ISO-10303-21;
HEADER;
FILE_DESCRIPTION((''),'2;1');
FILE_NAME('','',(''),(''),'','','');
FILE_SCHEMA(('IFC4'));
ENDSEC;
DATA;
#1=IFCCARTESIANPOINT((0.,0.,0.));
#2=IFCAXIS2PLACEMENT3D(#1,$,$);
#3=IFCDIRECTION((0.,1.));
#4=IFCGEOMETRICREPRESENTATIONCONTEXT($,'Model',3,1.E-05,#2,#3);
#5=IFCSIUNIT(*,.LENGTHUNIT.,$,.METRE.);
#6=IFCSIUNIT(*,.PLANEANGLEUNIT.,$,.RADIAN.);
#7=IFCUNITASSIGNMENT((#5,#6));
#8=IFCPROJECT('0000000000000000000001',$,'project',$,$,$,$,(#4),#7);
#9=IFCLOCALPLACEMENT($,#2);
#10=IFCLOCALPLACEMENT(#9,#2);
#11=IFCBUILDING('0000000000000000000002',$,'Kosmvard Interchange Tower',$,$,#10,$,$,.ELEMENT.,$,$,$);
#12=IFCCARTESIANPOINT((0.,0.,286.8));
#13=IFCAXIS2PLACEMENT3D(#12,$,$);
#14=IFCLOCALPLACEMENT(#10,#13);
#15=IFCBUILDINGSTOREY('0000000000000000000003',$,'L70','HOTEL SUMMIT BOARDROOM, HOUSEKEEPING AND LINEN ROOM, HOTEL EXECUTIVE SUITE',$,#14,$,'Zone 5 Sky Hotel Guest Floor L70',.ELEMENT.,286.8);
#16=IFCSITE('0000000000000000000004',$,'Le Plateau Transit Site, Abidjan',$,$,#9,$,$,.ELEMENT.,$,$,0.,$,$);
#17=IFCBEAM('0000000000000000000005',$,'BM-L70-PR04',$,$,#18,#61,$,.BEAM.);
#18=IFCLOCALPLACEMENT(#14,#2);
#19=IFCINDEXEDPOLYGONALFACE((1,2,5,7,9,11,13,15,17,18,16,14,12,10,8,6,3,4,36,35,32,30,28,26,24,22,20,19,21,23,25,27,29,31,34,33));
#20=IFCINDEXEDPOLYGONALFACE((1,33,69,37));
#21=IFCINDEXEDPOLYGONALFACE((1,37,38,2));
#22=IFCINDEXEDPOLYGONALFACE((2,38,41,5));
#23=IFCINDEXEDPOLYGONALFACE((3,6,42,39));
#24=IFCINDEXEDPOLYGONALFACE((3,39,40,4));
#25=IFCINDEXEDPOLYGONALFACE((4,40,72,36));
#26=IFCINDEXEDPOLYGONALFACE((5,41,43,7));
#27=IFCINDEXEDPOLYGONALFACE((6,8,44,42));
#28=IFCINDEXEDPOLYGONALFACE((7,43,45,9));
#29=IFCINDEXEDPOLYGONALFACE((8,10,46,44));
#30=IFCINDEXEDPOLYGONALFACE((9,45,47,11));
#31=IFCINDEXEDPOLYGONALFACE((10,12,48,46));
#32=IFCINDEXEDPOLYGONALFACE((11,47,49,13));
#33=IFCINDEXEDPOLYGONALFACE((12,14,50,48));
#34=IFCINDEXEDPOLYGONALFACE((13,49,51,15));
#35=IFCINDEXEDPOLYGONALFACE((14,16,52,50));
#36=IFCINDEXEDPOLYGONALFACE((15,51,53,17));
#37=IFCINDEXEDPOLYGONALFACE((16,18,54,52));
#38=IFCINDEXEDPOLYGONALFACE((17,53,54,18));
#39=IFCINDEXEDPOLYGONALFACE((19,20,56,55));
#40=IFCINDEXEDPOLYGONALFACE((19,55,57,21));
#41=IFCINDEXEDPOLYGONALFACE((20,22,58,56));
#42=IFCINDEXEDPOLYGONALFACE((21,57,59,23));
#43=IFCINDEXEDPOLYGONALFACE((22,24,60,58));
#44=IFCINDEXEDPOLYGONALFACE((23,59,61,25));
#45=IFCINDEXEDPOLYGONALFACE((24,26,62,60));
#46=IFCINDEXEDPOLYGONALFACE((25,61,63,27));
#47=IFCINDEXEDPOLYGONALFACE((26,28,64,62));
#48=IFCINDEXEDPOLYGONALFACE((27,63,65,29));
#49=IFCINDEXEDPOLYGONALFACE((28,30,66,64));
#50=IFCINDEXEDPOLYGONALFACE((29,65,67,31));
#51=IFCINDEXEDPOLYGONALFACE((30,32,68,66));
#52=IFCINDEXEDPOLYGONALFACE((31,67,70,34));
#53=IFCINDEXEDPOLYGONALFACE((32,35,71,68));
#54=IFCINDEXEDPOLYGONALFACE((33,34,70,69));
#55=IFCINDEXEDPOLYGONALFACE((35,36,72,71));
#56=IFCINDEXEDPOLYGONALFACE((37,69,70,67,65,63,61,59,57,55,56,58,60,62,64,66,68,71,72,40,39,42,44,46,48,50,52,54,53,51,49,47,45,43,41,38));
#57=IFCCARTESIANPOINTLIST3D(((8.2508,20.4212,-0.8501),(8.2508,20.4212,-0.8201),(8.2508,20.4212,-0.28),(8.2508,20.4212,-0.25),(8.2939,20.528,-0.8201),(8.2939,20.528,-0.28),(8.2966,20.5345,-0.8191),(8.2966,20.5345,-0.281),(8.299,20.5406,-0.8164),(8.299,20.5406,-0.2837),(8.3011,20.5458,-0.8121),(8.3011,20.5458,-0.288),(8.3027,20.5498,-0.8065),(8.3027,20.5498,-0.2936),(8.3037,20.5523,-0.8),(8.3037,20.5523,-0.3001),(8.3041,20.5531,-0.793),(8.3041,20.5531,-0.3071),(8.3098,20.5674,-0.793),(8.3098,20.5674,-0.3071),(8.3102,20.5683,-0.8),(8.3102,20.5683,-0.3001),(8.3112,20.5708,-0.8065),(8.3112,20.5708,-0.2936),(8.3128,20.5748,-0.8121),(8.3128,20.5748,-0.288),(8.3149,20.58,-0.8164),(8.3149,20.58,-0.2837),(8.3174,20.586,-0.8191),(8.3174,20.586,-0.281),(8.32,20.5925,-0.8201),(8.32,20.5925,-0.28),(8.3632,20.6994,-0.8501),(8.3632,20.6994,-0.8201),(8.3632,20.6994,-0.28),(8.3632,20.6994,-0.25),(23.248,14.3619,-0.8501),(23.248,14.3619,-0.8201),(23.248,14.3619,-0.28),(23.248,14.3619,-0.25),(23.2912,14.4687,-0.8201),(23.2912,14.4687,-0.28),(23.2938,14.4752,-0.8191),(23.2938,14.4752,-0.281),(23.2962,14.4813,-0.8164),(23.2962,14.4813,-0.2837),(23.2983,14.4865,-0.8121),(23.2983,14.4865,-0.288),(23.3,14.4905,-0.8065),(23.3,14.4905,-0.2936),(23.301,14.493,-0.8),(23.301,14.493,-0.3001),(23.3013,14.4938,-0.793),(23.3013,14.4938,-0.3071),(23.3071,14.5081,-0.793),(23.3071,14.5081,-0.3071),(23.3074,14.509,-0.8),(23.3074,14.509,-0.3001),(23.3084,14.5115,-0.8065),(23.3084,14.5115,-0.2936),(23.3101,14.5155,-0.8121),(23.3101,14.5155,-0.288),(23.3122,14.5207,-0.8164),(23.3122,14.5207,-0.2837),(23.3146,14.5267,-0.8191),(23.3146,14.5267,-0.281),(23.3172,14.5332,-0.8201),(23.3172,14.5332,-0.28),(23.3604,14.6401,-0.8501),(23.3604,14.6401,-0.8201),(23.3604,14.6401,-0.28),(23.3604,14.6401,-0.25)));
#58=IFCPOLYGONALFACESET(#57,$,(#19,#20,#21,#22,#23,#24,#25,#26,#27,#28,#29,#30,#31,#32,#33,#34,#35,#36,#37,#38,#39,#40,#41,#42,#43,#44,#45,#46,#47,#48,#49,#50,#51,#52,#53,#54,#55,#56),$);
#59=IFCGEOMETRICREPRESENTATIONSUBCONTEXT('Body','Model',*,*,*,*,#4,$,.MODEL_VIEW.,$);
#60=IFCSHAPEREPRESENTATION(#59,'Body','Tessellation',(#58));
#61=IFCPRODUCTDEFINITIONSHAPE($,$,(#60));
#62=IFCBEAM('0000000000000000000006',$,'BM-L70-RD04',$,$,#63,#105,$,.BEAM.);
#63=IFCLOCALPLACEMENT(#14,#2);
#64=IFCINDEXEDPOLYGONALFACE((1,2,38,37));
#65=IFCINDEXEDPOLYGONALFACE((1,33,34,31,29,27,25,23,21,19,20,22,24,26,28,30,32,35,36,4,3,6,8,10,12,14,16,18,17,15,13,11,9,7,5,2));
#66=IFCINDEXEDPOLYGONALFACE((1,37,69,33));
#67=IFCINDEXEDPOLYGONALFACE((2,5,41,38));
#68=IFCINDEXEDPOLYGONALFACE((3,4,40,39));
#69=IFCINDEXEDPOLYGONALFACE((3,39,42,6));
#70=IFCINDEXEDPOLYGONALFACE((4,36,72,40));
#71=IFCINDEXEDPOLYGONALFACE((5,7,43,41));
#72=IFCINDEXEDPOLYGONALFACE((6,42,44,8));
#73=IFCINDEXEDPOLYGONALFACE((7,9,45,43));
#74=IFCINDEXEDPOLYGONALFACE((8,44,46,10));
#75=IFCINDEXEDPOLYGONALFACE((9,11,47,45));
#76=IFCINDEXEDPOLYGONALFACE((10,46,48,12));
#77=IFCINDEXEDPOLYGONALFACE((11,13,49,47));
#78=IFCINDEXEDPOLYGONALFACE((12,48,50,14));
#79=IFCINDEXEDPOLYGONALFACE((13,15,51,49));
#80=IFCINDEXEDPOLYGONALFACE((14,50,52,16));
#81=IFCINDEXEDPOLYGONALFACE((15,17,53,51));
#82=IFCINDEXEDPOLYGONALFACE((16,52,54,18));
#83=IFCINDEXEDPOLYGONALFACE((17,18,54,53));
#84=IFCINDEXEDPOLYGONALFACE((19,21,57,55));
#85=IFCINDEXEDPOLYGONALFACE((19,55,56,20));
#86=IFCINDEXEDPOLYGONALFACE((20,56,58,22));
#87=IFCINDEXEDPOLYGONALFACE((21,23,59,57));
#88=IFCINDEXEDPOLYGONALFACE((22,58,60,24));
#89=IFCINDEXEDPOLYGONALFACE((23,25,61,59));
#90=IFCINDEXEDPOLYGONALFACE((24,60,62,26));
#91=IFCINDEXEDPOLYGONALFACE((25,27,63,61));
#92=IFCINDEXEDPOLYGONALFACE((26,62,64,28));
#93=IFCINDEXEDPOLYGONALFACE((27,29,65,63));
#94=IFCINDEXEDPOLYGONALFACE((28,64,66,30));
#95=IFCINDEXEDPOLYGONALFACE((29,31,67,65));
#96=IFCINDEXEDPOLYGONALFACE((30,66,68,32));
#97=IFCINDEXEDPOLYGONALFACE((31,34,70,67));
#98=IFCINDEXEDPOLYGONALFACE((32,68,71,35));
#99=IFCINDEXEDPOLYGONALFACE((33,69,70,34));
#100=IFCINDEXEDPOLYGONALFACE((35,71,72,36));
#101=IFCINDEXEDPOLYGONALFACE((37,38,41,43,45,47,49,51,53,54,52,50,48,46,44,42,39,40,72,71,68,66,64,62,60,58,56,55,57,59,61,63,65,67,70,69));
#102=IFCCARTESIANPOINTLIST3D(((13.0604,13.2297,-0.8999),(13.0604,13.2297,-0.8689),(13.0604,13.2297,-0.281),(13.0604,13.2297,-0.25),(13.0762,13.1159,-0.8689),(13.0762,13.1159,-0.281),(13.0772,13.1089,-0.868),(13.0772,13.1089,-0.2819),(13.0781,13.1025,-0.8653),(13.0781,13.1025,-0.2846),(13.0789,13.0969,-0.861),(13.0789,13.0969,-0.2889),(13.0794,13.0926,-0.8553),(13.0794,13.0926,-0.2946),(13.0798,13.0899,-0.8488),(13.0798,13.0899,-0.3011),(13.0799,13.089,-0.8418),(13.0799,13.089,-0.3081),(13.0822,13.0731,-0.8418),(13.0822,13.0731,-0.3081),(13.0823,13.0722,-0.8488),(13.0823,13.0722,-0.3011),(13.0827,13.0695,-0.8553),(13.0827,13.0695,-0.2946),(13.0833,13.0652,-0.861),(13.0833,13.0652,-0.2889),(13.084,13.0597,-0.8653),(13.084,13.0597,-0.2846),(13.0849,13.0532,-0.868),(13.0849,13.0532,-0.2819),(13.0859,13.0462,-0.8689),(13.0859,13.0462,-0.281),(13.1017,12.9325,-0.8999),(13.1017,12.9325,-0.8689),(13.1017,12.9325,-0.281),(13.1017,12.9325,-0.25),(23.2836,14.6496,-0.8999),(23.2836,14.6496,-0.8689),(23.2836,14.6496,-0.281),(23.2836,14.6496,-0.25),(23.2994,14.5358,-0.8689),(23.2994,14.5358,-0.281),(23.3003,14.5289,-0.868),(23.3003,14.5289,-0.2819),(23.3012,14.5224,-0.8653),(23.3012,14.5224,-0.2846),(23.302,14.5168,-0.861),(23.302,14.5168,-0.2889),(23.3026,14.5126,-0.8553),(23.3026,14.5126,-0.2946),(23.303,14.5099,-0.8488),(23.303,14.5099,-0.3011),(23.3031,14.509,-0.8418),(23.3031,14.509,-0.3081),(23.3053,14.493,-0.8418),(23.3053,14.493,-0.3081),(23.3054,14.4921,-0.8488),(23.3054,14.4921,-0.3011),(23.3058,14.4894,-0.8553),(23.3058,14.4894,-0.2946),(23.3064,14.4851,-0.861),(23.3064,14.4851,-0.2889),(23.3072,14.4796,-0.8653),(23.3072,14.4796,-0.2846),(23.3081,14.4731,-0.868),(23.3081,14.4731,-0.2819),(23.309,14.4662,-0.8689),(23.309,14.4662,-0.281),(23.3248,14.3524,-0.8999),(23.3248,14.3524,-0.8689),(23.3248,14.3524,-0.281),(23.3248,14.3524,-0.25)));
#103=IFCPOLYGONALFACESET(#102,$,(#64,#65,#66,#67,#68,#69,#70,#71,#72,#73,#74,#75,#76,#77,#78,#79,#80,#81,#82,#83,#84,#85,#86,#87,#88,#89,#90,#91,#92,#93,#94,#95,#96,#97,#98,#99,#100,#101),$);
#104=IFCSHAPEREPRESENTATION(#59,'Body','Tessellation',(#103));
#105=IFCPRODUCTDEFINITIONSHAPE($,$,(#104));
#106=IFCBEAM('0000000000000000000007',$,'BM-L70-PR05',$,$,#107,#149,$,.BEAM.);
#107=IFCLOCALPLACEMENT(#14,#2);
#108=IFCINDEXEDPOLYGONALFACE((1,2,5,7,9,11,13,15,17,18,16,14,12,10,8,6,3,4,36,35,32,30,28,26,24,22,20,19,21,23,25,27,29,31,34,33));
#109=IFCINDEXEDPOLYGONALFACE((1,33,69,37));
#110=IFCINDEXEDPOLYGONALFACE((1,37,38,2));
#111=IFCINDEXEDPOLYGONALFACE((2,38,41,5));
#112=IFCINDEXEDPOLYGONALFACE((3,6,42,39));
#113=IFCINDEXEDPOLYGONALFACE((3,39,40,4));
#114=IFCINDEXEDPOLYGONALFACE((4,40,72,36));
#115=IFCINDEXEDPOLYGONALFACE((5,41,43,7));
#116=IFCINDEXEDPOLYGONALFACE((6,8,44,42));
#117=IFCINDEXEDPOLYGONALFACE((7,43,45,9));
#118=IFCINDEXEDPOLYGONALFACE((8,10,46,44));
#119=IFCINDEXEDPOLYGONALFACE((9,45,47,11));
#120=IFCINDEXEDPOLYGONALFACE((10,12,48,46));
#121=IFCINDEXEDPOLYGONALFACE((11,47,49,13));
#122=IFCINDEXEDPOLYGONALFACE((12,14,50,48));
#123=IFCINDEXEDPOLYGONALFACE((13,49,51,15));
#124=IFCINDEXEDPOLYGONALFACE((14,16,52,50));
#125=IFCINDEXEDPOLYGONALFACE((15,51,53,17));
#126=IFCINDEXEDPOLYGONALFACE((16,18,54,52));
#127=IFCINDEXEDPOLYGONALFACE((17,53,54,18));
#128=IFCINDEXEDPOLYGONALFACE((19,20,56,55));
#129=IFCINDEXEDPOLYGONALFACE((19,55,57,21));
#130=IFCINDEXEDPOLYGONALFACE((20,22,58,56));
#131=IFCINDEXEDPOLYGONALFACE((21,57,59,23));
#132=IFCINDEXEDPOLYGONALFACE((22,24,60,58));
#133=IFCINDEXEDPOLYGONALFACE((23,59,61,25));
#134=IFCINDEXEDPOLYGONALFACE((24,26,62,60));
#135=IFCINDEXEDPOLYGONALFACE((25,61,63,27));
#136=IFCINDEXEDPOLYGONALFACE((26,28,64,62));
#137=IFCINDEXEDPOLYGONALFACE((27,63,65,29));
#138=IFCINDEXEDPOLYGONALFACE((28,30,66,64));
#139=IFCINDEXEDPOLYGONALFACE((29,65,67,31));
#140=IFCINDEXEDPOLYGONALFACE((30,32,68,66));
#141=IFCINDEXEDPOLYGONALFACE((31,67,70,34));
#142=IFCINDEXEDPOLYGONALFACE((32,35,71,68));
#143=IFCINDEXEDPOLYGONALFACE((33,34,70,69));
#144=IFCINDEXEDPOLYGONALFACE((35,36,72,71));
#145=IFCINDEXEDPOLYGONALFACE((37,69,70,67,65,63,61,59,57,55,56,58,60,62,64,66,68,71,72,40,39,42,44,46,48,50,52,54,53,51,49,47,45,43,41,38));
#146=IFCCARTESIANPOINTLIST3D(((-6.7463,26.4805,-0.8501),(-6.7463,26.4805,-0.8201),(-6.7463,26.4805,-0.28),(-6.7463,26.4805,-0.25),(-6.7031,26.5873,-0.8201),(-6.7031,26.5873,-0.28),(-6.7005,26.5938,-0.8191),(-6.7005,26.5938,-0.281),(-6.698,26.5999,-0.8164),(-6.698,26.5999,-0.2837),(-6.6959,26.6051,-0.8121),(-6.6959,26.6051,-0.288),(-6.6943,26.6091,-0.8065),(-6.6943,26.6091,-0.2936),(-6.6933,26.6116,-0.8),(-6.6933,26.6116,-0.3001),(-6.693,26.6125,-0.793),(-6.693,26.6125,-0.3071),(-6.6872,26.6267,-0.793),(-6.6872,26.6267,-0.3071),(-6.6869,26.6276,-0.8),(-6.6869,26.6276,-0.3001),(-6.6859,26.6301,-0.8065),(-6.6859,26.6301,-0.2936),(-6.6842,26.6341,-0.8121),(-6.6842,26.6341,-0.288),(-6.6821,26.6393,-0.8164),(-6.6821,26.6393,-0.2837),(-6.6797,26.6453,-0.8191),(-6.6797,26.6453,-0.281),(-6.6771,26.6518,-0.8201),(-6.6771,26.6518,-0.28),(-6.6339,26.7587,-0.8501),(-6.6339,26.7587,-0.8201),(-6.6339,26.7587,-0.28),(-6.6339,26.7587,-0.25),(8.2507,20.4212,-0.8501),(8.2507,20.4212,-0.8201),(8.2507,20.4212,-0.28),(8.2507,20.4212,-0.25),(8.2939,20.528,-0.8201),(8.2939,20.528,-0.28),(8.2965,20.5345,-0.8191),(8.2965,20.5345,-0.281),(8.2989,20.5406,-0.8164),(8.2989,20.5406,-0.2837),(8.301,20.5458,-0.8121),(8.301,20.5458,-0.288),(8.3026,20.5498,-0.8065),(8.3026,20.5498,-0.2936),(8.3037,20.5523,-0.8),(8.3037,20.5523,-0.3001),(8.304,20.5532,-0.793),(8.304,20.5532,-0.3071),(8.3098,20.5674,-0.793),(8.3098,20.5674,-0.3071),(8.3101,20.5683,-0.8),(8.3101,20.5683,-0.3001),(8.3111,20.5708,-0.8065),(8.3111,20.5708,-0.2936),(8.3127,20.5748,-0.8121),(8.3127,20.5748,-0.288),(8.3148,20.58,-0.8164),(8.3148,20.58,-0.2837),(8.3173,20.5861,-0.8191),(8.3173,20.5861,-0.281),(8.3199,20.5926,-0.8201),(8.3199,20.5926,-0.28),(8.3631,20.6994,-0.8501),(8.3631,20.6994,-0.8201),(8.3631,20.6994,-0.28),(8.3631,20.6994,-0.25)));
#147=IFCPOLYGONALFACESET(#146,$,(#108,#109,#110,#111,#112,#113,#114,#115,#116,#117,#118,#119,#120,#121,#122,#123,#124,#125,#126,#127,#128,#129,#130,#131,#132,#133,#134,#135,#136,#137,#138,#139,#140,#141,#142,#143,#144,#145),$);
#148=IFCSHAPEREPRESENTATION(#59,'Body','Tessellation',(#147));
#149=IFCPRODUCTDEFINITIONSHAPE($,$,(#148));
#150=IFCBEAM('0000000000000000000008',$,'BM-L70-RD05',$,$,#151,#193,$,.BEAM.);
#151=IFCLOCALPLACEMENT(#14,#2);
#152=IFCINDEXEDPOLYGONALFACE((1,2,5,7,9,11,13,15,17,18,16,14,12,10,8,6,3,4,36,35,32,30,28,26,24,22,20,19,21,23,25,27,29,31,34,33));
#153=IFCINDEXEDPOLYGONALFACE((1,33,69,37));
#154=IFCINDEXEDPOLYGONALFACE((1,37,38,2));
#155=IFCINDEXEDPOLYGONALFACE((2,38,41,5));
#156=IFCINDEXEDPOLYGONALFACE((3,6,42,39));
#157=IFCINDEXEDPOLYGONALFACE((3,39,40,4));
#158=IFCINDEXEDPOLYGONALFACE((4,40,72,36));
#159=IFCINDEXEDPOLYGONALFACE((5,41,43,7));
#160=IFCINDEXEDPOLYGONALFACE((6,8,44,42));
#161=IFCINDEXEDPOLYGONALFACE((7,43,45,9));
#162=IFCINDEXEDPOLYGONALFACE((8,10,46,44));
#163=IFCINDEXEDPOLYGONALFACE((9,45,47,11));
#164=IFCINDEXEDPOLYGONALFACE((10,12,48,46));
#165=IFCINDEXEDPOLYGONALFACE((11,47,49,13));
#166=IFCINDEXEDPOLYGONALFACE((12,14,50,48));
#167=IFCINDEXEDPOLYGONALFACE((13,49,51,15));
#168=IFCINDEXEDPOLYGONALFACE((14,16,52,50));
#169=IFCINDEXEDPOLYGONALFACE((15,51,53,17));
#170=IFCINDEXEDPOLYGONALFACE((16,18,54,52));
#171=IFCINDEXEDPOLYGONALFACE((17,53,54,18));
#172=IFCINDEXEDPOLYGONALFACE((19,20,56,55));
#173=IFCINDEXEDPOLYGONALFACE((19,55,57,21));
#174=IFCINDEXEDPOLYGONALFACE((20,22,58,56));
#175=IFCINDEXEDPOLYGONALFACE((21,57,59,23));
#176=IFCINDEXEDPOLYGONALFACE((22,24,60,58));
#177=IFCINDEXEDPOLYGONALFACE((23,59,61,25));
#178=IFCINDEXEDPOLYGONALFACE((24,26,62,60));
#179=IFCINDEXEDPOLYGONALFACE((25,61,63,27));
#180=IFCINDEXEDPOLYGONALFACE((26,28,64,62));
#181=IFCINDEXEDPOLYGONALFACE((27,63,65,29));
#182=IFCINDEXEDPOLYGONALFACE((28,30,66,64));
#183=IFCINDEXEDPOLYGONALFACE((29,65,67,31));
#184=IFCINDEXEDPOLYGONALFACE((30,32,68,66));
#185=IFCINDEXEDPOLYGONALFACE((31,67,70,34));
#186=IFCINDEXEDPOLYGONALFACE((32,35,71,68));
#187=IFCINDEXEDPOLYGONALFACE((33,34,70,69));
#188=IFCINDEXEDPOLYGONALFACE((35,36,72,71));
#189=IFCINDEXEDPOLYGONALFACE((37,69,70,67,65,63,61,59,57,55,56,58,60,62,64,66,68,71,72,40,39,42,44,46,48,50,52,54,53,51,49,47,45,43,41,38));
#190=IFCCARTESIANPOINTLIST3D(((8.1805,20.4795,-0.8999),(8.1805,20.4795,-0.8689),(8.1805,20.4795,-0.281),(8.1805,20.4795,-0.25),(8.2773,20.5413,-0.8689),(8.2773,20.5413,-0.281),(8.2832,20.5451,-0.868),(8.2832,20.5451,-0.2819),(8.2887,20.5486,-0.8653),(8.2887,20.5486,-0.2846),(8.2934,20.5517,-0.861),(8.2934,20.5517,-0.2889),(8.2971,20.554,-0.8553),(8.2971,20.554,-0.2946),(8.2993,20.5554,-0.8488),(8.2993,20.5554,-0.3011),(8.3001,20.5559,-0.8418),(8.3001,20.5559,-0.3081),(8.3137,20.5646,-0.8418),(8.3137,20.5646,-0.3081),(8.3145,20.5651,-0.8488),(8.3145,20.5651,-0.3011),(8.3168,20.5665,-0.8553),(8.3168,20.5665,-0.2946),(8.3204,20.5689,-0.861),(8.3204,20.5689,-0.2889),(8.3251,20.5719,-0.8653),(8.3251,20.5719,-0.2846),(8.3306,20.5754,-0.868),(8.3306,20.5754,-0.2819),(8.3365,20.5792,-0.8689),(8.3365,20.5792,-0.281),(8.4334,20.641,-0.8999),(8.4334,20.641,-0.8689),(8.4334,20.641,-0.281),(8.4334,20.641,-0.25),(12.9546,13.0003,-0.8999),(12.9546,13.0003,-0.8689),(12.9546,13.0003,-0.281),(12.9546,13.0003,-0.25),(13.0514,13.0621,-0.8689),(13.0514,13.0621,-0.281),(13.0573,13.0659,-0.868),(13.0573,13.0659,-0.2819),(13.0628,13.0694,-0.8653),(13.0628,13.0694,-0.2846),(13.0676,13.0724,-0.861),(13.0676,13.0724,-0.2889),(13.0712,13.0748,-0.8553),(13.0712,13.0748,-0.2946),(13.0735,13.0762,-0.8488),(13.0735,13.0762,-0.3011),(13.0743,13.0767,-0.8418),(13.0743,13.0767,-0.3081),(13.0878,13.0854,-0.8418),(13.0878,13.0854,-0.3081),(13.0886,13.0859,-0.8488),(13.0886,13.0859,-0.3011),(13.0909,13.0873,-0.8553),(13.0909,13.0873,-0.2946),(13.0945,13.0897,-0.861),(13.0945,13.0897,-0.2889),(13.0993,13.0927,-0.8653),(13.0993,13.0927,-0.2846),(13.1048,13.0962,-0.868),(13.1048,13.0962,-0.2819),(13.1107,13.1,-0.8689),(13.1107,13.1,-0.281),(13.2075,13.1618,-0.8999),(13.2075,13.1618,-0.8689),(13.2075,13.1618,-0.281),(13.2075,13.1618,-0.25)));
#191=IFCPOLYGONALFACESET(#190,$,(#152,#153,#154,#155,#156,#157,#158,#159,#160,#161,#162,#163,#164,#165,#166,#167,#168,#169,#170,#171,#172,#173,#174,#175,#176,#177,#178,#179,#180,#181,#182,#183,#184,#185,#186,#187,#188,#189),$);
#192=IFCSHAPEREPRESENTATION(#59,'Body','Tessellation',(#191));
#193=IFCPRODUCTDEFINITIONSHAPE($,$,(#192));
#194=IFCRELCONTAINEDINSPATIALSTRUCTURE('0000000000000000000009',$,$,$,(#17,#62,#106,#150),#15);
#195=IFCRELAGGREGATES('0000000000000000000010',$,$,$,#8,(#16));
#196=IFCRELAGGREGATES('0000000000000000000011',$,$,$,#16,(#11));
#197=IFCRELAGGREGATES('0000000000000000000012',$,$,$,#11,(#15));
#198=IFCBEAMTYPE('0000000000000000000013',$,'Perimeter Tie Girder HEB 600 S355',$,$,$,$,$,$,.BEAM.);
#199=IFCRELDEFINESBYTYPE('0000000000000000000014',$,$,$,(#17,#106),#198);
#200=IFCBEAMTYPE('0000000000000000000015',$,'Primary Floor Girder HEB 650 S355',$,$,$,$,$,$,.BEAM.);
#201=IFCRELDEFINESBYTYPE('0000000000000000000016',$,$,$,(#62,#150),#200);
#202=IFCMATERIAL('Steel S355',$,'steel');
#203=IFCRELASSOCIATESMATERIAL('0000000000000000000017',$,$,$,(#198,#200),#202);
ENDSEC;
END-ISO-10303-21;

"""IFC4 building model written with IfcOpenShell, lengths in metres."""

from ifc_helpers import new_model, si_unit, direction, frame, origin, origin_2d, place, context, subcontext, project, spatial, i_section, extrude, source, transform, mapped, material, material_profile, profile_set, type_object, element, save


model = new_model("IFC4")

# Units and contexts
model_context = context("Model", 3, precision=1e-05, world=origin(), true_north=direction((0.0, 1.0)))
body_context = subcontext(model_context, "Body", "Model", "MODEL_VIEW")
ifc_project = project(units=[si_unit("LENGTHUNIT", "METRE"), si_unit("PLANEANGLEUNIT", "RADIAN")], contexts=[model_context])

# Site, building, storey
site_placement = place(None, origin())
site = spatial("IfcSite", under=ifc_project, at=site_placement, Name="Le Plateau Transit Site, Abidjan", CompositionType="ELEMENT", RefElevation=0.0)
building_placement = place(site_placement, origin())
building = spatial("IfcBuilding", under=site, at=building_placement, Name="Kosmvard Interchange Tower", CompositionType="ELEMENT")
storey_placement = place(building_placement, frame((0.0, 0.0, 286.8)))
storey = spatial("IfcBuildingStorey", under=building, at=storey_placement, Name="L70", Description="HOTEL SUMMIT BOARDROOM, HOUSEKEEPING AND LINEN ROOM, HOTEL EXECUTIVE SUITE", LongName="Zone 5 Sky Hotel Guest Floor L70", CompositionType="ELEMENT", Elevation=286.8)

# Beams
ifc_material_1 = material(Name="Steel S355", Category="steel")
ifc_material_profile_1 = material_profile(ifc_material_1, i_section(OverallWidth=0.3, OverallDepth=0.6001, WebThickness=0.0154, FlangeThickness=0.03, FilletRadius=0.0271, at=origin_2d()), Name="HEB 600")
ifc_profile_set_1 = profile_set([ifc_material_profile_1], Name="Steel S355")
beam_type_1 = type_object("IfcBeamType", Name="Perimeter Tie Girder HEB 600 S355", PredefinedType="BEAM", material=ifc_profile_set_1)
shared_shape_1 = source(origin(), body_context, "Body", "SweptSolid", [
    extrude(i_section(OverallWidth=0.3, OverallDepth=0.6001, WebThickness=0.0154, FlangeThickness=0.03, FilletRadius=0.0271, at=origin_2d()), origin(), (0.0, 0.0, 1.0), 16.175),
])
beam_1_placement = place(storey_placement, frame((23.3042, 14.501, -0.55), z_axis=(-0.927183, 0.374608, 0.0), x_axis=(-0.374608, -0.927183, 0.0)))
element("IfcBeam", 1, at=beam_1_placement, inside=storey, type_object=beam_type_1, Name="BM-L70-PR04", PredefinedType="BEAM", context=body_context, shape_type="MappedRepresentation", body=[
    mapped(shared_shape_1, transform((0.0, 0.0, 0.0), scale=1.0)),
])
ifc_material_profile_2 = material_profile(ifc_material_1, i_section(OverallWidth=0.3, OverallDepth=0.6499, WebThickness=0.0161, FlangeThickness=0.031, FilletRadius=0.0271, at=origin_2d()), Name="HEB 650")
ifc_profile_set_2 = profile_set([ifc_material_profile_2], Name="Steel S355")
beam_type_2 = type_object("IfcBeamType", Name="Primary Floor Girder HEB 650 S355", PredefinedType="BEAM", material=ifc_profile_set_2)
shared_shape_2 = source(origin(), body_context, "Body", "SweptSolid", [
    extrude(i_section(OverallWidth=0.3, OverallDepth=0.6499, WebThickness=0.0161, FlangeThickness=0.031, FilletRadius=0.0271, at=origin_2d()), origin(), (0.0, 0.0, 1.0), 10.3213),
])
beam_2_placement = place(storey_placement, frame((13.0811, 13.0811, -0.575), z_axis=(0.990492, 0.137572, 0.0), x_axis=(-0.137572, 0.990492, 0.0)))
element("IfcBeam", 2, at=beam_2_placement, inside=storey, type_object=beam_type_2, Name="BM-L70-RD04", PredefinedType="BEAM", context=body_context, shape_type="MappedRepresentation", body=[
    mapped(shared_shape_2, transform((0.0, 0.0, 0.0), scale=1.0)),
])
shared_shape_3 = source(origin(), body_context, "Body", "SweptSolid", [
    extrude(i_section(OverallWidth=0.3, OverallDepth=0.6001, WebThickness=0.0154, FlangeThickness=0.03, FilletRadius=0.0271, at=origin_2d()), origin(), (0.0, 0.0, 1.0), 16.1748),
])
beam_3_placement = place(storey_placement, frame((8.3069, 20.5603, -0.55), z_axis=(-0.927181, 0.374613, 0.0), x_axis=(-0.374613, -0.927181, 0.0)))
element("IfcBeam", 3, at=beam_3_placement, inside=storey, type_object=beam_type_1, Name="BM-L70-PR05", PredefinedType="BEAM", context=body_context, shape_type="MappedRepresentation", body=[
    mapped(shared_shape_3, transform((0.0, 0.0, 0.0), scale=1.0)),
])
shared_shape_4 = source(origin(), body_context, "Body", "SweptSolid", [
    extrude(i_section(OverallWidth=0.3, OverallDepth=0.6499, WebThickness=0.0161, FlangeThickness=0.031, FilletRadius=0.0271, at=origin_2d()), origin(), (0.0, 0.0, 1.0), 8.873),
])
beam_4_placement = place(storey_placement, frame((13.0811, 13.0811, -0.575), z_axis=(-0.53805, 0.842913, 0.0), x_axis=(-0.842913, -0.53805, 0.0)))
element("IfcBeam", 4, at=beam_4_placement, inside=storey, type_object=beam_type_2, Name="BM-L70-RD05", PredefinedType="BEAM", context=body_context, shape_type="MappedRepresentation", body=[
    mapped(shared_shape_4, transform((0.0, 0.0, 0.0), scale=1.0)),
])

save(model, "model.ifc")
